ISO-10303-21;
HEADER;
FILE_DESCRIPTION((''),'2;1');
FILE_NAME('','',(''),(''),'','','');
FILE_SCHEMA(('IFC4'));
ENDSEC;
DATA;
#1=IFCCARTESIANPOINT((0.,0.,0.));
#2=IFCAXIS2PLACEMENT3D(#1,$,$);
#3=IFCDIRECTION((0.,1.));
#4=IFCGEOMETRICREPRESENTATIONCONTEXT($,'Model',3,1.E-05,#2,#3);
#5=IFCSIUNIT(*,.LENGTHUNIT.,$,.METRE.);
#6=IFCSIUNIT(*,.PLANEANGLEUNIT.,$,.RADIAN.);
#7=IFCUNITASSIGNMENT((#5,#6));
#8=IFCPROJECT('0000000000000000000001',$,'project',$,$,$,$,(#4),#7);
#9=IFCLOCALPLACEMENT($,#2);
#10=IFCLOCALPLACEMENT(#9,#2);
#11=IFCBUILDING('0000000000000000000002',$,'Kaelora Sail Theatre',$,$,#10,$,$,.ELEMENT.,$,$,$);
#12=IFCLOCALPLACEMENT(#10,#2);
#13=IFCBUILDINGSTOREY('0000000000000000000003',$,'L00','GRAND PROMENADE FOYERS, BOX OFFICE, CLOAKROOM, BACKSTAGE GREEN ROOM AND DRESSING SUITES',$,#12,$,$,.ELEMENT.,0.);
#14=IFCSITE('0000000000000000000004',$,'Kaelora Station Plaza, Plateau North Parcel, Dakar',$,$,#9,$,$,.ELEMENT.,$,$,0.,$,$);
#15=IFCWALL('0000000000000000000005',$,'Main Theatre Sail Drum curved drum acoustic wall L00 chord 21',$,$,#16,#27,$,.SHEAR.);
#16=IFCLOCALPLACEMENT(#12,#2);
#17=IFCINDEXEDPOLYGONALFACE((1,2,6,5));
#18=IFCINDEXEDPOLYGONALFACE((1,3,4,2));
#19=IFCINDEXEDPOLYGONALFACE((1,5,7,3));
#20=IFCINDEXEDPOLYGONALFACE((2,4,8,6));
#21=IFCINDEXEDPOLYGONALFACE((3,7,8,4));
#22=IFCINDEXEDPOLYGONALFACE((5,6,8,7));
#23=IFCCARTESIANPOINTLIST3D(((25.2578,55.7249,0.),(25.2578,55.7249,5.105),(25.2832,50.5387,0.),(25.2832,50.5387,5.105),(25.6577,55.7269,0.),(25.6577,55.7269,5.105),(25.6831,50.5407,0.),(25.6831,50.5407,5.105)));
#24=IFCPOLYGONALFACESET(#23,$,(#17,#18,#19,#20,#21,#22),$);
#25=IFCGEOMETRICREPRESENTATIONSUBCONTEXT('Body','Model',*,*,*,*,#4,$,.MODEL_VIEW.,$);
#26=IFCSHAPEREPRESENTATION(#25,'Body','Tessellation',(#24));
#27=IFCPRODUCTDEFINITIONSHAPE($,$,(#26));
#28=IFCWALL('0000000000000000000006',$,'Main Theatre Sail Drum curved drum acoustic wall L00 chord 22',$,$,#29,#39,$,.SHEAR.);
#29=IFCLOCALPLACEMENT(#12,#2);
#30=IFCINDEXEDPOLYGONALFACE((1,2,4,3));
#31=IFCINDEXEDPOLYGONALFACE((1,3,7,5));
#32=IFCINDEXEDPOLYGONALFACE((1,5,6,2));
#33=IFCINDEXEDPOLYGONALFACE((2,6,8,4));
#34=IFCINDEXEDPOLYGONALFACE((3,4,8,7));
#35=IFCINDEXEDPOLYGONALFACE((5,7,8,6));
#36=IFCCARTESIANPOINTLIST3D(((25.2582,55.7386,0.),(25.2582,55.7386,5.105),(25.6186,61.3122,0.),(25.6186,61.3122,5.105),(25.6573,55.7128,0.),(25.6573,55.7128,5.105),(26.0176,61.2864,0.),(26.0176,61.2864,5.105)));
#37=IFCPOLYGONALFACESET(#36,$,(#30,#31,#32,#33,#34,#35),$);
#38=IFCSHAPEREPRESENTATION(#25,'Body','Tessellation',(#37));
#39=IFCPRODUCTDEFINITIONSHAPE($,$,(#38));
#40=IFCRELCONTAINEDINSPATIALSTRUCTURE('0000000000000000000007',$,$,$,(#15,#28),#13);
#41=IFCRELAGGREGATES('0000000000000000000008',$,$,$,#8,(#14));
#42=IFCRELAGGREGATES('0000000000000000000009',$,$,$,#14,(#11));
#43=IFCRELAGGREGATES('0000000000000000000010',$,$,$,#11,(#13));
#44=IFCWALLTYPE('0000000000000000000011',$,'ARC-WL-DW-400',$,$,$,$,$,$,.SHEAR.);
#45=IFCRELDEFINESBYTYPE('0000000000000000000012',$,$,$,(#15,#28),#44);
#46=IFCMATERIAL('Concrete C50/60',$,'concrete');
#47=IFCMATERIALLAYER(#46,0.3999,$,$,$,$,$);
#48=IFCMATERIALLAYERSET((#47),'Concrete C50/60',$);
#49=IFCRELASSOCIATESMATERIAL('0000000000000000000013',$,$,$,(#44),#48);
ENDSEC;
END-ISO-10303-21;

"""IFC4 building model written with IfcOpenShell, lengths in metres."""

from ifc_helpers import new_model, si_unit, direction, frame, frame_2d, origin, place, context, subcontext, project, spatial, rectangle, extrude, material, layer, layer_set, type_object, element, save


model = new_model("IFC4")

# Units and contexts
model_context = context("Model", 3, precision=1e-05, world=origin(), true_north=direction((0.0, 1.0)))
body_context = subcontext(model_context, "Body", "Model", "MODEL_VIEW")
ifc_project = project(units=[si_unit("LENGTHUNIT", "METRE"), si_unit("PLANEANGLEUNIT", "RADIAN")], contexts=[model_context])

# Site, building, storey
site_placement = place(None, origin())
site = spatial("IfcSite", under=ifc_project, at=site_placement, Name="Kaelora Station Plaza, Plateau North Parcel, Dakar", CompositionType="ELEMENT", RefElevation=0.0)
building_placement = place(site_placement, origin())
building = spatial("IfcBuilding", under=site, at=building_placement, Name="Kaelora Sail Theatre", CompositionType="ELEMENT")
storey_placement = place(building_placement, origin())
storey = spatial("IfcBuildingStorey", under=building, at=storey_placement, Name="L00", Description="GRAND PROMENADE FOYERS, BOX OFFICE, CLOAKROOM, BACKSTAGE GREEN ROOM AND DRESSING SUITES", CompositionType="ELEMENT", Elevation=0.0)

# Walls
ifc_material_1 = material(Name="Concrete C50/60", Category="concrete")
ifc_layer = layer(ifc_material_1, 0.3999)
ifc_layer_set = layer_set([ifc_layer], Name="Concrete C50/60")
wall_type = type_object("IfcWallType", Name="ARC-WL-DW-400", PredefinedType="SHEAR", material=ifc_layer_set)
wall_1_placement = place(storey_placement, frame((25.4832, 50.5396, 0.0), z_axis=(0.0, 0.0, 1.0), x_axis=(-0.004896, 0.999988, 0.0)))
element("IfcWall", 1, at=wall_1_placement, inside=storey, type_object=wall_type, Name="Main Theatre Sail Drum curved drum acoustic wall L00 chord 21", PredefinedType="SHEAR", context=body_context, shape_type="SweptSolid", body=[
    extrude(rectangle(XDim=5.1863, YDim=0.3999, at=frame_2d((2.5933, 0.0))), origin(), (0.0, 0.0, 1.0), 5.105),
])
wall_2_placement = place(storey_placement, frame((25.4578, 55.7258, 0.0), z_axis=(0.0, 0.0, 1.0), x_axis=(0.06452, 0.997916, 0.0)))
element("IfcWall", 2, at=wall_2_placement, inside=storey, type_object=wall_type, Name="Main Theatre Sail Drum curved drum acoustic wall L00 chord 22", PredefinedType="SHEAR", context=body_context, shape_type="SweptSolid", body=[
    extrude(rectangle(XDim=5.5852, YDim=0.3999, at=frame_2d((2.7925, 0.0))), origin(), (0.0, 0.0, 1.0), 5.105),
])

save(model, "model.ifc")
